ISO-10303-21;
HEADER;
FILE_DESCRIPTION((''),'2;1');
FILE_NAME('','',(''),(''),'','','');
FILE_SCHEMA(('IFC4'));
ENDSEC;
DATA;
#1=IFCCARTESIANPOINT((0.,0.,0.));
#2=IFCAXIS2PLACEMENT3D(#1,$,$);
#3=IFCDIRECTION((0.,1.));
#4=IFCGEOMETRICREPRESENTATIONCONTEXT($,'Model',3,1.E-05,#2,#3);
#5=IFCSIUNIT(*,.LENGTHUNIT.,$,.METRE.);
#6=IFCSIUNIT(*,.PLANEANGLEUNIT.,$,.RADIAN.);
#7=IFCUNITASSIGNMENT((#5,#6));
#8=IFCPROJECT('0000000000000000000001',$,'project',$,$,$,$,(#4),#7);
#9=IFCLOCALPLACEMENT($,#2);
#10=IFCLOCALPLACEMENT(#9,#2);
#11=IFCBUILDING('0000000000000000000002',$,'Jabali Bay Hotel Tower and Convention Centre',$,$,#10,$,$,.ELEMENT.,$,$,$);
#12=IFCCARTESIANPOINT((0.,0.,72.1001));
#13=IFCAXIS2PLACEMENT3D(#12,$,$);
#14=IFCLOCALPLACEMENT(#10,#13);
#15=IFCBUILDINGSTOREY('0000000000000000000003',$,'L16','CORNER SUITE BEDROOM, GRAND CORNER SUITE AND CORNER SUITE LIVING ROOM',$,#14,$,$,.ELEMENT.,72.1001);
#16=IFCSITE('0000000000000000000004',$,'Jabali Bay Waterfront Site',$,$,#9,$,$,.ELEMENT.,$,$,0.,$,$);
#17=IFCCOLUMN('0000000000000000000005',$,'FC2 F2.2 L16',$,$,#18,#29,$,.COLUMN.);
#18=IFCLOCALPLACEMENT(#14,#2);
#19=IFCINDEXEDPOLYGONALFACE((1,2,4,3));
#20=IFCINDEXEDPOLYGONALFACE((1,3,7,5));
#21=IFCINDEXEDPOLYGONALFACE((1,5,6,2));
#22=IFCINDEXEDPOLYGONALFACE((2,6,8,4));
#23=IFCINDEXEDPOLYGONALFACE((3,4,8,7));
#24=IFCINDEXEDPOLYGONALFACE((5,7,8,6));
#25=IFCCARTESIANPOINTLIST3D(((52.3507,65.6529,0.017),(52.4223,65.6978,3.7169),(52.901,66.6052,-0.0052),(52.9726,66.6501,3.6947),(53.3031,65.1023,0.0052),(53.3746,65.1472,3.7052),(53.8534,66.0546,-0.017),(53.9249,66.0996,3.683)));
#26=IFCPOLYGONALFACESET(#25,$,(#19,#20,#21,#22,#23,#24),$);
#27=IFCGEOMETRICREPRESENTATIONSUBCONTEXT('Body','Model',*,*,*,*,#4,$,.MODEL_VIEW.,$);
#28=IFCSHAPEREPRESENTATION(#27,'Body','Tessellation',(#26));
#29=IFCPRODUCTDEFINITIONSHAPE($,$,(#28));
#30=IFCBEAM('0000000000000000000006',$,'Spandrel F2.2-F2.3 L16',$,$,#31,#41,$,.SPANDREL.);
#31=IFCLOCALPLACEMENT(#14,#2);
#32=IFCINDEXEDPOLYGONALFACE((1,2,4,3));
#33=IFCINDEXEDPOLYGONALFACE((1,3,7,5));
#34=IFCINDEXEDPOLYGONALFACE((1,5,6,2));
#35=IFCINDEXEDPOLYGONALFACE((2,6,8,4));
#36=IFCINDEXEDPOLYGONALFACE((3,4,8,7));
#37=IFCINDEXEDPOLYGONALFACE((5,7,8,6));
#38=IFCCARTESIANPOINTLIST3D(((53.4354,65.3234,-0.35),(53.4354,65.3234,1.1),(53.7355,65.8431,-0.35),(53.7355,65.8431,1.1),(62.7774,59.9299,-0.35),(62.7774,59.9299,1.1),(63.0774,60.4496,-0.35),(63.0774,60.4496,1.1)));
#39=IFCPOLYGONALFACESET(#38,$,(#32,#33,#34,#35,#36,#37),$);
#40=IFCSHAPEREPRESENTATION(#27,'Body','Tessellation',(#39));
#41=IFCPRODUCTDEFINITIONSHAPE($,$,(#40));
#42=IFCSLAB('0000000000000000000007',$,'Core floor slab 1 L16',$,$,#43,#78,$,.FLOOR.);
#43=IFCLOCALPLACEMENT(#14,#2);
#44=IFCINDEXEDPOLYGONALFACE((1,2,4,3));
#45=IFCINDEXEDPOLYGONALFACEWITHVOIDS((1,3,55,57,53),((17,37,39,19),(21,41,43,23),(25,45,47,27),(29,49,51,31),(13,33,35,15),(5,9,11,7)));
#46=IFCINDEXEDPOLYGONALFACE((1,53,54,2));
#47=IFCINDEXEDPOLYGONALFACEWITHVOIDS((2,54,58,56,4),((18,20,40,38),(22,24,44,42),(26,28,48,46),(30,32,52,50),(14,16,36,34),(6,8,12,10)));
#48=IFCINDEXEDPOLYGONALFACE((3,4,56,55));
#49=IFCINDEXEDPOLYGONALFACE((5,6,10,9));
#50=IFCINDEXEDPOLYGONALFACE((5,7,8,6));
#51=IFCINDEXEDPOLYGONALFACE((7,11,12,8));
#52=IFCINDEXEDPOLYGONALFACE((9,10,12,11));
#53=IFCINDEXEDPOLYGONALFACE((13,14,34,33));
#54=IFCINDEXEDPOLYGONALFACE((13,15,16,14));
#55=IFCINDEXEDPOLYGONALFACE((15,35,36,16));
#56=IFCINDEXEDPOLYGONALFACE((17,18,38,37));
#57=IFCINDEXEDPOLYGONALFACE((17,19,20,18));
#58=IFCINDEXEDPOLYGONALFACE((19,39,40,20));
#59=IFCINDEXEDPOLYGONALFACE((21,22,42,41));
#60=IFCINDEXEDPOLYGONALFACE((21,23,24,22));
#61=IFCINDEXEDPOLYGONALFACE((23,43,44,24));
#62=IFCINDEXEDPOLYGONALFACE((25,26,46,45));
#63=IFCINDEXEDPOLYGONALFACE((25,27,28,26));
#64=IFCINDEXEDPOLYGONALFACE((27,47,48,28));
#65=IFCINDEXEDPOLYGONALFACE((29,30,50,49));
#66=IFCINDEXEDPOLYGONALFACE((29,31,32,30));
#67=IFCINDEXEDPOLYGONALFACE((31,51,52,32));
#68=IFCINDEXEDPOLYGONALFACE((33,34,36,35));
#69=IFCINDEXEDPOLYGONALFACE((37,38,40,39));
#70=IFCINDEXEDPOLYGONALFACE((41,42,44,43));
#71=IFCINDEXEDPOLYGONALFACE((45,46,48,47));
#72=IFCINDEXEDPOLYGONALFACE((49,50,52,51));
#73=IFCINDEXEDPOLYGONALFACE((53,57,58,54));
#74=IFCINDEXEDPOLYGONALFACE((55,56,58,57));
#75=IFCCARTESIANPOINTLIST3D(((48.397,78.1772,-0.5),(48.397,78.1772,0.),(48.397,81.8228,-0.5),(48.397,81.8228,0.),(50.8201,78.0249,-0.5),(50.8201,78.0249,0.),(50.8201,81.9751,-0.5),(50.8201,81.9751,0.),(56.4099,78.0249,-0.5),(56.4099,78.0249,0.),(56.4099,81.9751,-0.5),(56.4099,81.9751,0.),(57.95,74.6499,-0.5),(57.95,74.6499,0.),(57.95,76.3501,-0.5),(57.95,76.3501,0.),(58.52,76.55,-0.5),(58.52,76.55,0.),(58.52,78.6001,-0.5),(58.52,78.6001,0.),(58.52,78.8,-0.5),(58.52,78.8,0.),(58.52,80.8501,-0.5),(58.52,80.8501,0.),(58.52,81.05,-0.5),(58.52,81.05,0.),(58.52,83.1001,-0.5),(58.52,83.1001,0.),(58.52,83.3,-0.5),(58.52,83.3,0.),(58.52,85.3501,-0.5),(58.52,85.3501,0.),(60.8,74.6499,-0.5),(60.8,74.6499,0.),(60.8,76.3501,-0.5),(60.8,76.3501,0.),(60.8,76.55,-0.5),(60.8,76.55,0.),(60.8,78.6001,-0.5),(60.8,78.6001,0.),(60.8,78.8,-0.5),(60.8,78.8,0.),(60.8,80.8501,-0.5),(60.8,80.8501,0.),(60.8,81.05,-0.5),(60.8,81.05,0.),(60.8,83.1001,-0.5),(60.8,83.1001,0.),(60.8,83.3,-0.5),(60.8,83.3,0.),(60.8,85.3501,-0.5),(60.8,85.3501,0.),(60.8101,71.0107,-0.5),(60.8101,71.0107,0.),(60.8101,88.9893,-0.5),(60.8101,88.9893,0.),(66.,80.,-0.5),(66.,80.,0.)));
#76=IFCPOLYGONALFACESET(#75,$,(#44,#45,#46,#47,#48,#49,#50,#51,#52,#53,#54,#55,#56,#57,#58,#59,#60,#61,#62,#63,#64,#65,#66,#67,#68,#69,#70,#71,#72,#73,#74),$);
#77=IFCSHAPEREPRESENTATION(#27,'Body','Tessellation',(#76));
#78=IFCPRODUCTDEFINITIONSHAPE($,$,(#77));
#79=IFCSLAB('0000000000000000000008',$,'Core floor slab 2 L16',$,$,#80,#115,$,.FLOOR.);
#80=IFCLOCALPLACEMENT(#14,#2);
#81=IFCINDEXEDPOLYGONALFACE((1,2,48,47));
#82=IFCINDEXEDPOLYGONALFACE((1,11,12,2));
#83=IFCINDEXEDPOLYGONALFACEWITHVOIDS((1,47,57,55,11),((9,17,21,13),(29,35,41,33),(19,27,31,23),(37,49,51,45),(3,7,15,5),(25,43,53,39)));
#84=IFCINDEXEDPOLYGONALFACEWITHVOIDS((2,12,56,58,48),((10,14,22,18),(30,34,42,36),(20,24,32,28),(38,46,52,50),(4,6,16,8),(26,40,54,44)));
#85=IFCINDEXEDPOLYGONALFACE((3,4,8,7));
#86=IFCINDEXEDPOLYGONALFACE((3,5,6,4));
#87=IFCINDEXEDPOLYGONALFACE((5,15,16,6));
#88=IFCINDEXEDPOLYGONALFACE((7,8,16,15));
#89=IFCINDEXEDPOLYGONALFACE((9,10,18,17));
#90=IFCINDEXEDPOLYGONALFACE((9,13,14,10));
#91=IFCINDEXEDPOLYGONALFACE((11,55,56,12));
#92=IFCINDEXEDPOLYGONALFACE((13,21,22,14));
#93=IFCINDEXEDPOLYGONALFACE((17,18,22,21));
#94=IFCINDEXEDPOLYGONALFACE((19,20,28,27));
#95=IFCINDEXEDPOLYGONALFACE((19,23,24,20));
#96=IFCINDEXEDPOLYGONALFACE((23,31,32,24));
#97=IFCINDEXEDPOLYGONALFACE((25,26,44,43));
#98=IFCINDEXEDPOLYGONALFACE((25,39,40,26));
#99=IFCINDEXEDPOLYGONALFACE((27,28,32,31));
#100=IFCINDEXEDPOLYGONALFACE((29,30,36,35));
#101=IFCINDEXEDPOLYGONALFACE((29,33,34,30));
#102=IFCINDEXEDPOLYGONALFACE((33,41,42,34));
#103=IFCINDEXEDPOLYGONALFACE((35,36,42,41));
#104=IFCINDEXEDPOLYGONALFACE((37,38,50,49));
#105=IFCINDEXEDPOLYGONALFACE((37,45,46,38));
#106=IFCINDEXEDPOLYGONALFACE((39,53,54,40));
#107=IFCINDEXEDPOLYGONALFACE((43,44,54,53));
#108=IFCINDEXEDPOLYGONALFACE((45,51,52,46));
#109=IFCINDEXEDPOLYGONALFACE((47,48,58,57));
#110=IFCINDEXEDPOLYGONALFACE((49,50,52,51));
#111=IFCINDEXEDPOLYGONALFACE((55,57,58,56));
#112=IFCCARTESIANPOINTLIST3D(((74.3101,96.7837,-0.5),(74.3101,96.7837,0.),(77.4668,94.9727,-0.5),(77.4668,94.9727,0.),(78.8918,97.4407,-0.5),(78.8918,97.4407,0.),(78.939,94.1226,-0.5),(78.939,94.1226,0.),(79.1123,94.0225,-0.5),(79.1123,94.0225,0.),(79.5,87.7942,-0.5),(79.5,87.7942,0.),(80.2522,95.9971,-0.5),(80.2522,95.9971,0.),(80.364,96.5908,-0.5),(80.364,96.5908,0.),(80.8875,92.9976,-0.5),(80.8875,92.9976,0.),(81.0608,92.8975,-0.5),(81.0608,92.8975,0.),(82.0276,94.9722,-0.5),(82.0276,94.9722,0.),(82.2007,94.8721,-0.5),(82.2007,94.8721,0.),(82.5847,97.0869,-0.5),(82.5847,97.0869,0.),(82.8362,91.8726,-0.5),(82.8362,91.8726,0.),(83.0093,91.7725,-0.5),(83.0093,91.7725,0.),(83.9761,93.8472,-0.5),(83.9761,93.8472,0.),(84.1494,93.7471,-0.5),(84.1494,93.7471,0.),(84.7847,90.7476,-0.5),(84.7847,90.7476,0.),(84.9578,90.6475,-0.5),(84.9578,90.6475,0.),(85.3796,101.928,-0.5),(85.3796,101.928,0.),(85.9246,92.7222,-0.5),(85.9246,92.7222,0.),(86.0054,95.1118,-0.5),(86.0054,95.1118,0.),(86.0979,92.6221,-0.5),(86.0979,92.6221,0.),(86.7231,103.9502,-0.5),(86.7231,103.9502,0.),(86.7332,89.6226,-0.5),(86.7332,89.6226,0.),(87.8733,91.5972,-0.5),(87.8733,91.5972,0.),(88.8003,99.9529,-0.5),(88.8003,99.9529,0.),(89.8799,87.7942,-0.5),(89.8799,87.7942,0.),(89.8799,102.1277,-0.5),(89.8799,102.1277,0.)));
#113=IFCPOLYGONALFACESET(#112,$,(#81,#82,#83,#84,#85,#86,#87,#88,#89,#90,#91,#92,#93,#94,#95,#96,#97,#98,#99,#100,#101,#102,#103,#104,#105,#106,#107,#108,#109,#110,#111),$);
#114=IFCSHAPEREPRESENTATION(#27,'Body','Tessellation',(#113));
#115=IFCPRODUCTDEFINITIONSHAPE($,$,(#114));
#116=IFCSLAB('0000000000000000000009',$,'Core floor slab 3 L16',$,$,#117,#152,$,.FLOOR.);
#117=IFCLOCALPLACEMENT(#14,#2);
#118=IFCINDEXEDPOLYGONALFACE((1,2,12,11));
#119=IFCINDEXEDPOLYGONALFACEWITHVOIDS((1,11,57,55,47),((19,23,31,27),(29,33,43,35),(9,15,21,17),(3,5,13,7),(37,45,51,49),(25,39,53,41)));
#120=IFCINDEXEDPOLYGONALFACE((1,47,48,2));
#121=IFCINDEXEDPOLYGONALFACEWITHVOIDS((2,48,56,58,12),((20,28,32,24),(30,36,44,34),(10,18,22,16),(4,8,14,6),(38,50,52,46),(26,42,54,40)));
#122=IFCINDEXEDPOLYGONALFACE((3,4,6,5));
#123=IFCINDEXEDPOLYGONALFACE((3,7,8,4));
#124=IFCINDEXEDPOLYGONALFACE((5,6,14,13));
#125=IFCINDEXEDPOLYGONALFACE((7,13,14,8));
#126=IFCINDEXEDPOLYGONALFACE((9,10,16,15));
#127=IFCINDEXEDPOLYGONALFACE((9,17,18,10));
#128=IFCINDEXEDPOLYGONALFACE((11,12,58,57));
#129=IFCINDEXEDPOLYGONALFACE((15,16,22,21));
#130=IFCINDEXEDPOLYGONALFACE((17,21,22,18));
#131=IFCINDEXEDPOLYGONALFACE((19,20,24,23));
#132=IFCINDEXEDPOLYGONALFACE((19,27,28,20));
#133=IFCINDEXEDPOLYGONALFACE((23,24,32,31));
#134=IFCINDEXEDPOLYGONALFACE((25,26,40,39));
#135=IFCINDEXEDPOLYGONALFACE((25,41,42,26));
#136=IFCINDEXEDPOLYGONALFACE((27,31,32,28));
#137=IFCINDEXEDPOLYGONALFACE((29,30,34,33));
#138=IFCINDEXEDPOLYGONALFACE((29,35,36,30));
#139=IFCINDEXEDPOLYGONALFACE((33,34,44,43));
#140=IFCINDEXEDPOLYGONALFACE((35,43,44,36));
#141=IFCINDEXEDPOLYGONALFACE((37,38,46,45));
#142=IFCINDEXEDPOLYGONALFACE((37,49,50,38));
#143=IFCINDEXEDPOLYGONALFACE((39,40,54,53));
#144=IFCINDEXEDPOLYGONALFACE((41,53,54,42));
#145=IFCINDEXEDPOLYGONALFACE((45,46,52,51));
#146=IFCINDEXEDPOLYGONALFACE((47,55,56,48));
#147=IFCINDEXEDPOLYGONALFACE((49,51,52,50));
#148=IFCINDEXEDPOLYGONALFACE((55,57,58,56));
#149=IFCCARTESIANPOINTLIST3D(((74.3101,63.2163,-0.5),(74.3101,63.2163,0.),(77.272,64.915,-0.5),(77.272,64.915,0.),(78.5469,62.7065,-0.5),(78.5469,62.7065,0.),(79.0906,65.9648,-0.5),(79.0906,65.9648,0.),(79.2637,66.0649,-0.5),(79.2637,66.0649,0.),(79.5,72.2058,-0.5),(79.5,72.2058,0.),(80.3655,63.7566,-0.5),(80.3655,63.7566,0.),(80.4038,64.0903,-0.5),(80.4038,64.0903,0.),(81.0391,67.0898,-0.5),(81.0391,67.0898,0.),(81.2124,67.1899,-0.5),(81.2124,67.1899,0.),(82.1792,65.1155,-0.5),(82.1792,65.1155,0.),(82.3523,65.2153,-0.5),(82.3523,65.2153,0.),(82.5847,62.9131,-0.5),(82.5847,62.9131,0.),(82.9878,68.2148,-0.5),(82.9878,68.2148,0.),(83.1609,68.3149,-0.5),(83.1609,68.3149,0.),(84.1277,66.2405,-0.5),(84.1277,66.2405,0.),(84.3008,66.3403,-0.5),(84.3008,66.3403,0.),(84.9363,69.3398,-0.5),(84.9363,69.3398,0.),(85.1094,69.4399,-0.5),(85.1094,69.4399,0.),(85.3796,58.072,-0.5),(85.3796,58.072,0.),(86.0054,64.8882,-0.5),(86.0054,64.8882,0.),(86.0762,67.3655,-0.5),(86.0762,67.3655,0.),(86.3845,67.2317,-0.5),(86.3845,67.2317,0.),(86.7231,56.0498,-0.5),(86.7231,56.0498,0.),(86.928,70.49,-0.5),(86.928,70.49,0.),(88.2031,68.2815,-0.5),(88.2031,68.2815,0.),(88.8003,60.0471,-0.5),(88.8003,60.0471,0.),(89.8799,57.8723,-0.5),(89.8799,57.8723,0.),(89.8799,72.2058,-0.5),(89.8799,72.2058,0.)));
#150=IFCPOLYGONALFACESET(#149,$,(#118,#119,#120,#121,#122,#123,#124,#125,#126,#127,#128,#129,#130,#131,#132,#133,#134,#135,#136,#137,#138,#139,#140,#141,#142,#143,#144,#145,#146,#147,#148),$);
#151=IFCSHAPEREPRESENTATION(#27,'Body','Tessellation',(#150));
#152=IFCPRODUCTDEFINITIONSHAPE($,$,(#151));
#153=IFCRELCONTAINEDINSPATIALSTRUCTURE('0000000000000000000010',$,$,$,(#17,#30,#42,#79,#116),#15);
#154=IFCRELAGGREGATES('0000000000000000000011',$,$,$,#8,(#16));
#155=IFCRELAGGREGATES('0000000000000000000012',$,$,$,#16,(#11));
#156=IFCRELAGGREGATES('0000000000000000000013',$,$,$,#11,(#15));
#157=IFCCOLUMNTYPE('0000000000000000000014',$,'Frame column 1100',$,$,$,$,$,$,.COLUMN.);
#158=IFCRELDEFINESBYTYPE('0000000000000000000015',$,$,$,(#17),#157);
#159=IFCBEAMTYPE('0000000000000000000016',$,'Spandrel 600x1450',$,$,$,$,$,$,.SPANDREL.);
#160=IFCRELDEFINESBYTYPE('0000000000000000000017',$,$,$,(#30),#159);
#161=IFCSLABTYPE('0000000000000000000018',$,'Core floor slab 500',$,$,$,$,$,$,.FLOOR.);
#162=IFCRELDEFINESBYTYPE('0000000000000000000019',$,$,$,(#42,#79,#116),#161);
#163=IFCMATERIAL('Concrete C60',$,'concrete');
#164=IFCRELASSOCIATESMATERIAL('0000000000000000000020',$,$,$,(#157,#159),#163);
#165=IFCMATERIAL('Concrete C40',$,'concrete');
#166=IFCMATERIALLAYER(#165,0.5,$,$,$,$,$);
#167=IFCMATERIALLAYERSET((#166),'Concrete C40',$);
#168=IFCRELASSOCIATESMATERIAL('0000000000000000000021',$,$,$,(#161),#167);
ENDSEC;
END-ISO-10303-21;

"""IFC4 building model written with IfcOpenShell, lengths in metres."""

from ifc_helpers import new_model, si_unit, direction, frame, origin, origin_2d, place, context, subcontext, project, spatial, polyline, rectangle, outline, extrude, material, layer, layer_set, material_profile, profile_set, type_object, element, save


model = new_model("IFC4")

# Units and contexts
model_context = context("Model", 3, precision=1e-05, world=origin(), true_north=direction((0.0, 1.0)))
body_context = subcontext(model_context, "Body", "Model", "MODEL_VIEW")
ifc_project = project(units=[si_unit("LENGTHUNIT", "METRE"), si_unit("PLANEANGLEUNIT", "RADIAN")], contexts=[model_context])

# Site, building, storey
site_placement = place(None, origin())
site = spatial("IfcSite", under=ifc_project, at=site_placement, Name="Jabali Bay Waterfront Site", CompositionType="ELEMENT", RefElevation=0.0)
building_placement = place(site_placement, origin())
building = spatial("IfcBuilding", under=site, at=building_placement, Name="Jabali Bay Hotel Tower and Convention Centre", CompositionType="ELEMENT")
storey_placement = place(building_placement, frame((0.0, 0.0, 72.1001)))
storey = spatial("IfcBuildingStorey", under=building, at=storey_placement, Name="L16", Description="CORNER SUITE BEDROOM, GRAND CORNER SUITE AND CORNER SUITE LIVING ROOM", CompositionType="ELEMENT", Elevation=72.1001)

# Column
ifc_material_1 = material(Name="Concrete C60", Category="concrete")
ifc_material_profile_1 = material_profile(ifc_material_1, rectangle(XDim=1.1001, YDim=1.1001, at=origin_2d()), Name="Frame column 1100")
ifc_profile_set_1 = profile_set([ifc_material_profile_1], Name="Concrete C60")
column_type = type_object("IfcColumnType", Name="Frame column 1100", PredefinedType="COLUMN", material=ifc_profile_set_1)
column_placement = place(storey_placement, frame((53.1021, 65.8538, 0.0), z_axis=(0.019329, 0.012138, 0.99974), x_axis=(-0.865689, 0.500469, 0.010661)))
element("IfcColumn", 1, at=column_placement, inside=storey, type_object=column_type, Name="FC2 F2.2 L16", PredefinedType="COLUMN", context=body_context, shape_type="SweptSolid", body=[
    extrude(rectangle(XDim=1.1001, YDim=1.1001, at=origin_2d()), origin(), (0.0, 0.0, 1.0), 3.7009),
])

# Beam
ifc_material_profile_2 = material_profile(ifc_material_1, rectangle(XDim=0.6001, YDim=1.45, at=origin_2d()), Name="Spandrel 600x1450")
ifc_profile_set_2 = profile_set([ifc_material_profile_2], Name="Concrete C60")
beam_type = type_object("IfcBeamType", Name="Spandrel 600x1450", PredefinedType="SPANDREL", material=ifc_profile_set_2)
beam_placement = place(storey_placement, frame((53.5854, 65.5833, 0.375), z_axis=(0.866028, -0.499995, 0.0), x_axis=(0.499995, 0.866028, 0.0)))
element("IfcBeam", 2, at=beam_placement, inside=storey, type_object=beam_type, Name="Spandrel F2.2-F2.3 L16", PredefinedType="SPANDREL", context=body_context, shape_type="SweptSolid", body=[
    extrude(rectangle(XDim=0.6001, YDim=1.45, at=origin_2d()), origin(), (0.0, 0.0, 1.0), 10.7871),
])

# Slabs
ifc_material_2 = material(Name="Concrete C40", Category="concrete")
ifc_layer_1 = layer(ifc_material_2, 0.5)
ifc_layer_set_1 = layer_set([ifc_layer_1], Name="Concrete C40")
slab_type_1 = type_object("IfcSlabType", Name="Core floor slab 500", PredefinedType="FLOOR", material=ifc_layer_set_1)
slab_1_placement = place(storey_placement, frame((0.0, 0.0, -0.5)))
element("IfcSlab", 3, at=slab_1_placement, inside=storey, type_object=slab_type_1, Name="Core floor slab 1 L16", PredefinedType="FLOOR", context=body_context, shape_type="SweptSolid", body=[
    extrude(outline(polyline([(66.0, 80.0), (60.8101, 88.9893), (48.397, 81.8228), (48.397, 78.1772), (60.8101, 71.0107), (66.0, 80.0)]), holes=[polyline([(60.8, 74.6499), (60.8, 76.3501), (57.95, 76.3501), (57.95, 74.6499), (60.8, 74.6499)]), polyline([(58.52, 76.55), (60.8, 76.55), (60.8, 78.6001), (58.52, 78.6001), (58.52, 76.55)]), polyline([(58.52, 78.8), (60.8, 78.8), (60.8, 80.8501), (58.52, 80.8501), (58.52, 78.8)]), polyline([(56.4099, 81.9751), (50.8201, 81.9751), (50.8201, 78.0249), (56.4099, 78.0249), (56.4099, 81.9751)]), polyline([(58.52, 81.05), (60.8, 81.05), (60.8, 83.1001), (58.52, 83.1001), (58.52, 81.05)]), polyline([(58.52, 83.3), (60.8, 83.3), (60.8, 85.3501), (58.52, 85.3501), (58.52, 83.3)])]), origin(), (0.0, 0.0, 1.0), 0.5),
])
slab_2_placement = place(storey_placement, frame((0.0, 0.0, -0.5)))
element("IfcSlab", 4, at=slab_2_placement, inside=storey, type_object=slab_type_1, Name="Core floor slab 2 L16", PredefinedType="FLOOR", context=body_context, shape_type="SweptSolid", body=[
    extrude(outline(polyline([(79.5, 87.7942), (89.8799, 87.7942), (89.8799, 102.1277), (86.7231, 103.9502), (74.3101, 96.7837), (79.5, 87.7942)]), holes=[polyline([(84.9578, 90.6475), (86.7332, 89.6226), (87.8733, 91.5972), (86.0979, 92.6221), (84.9578, 90.6475)]), polyline([(84.1494, 93.7471), (83.0093, 91.7725), (84.7847, 90.7476), (85.9246, 92.7222), (84.1494, 93.7471)]), polyline([(82.2007, 94.8721), (81.0608, 92.8975), (82.8362, 91.8726), (83.9761, 93.8472), (82.2007, 94.8721)]), polyline([(79.1123, 94.0225), (80.8875, 92.9976), (82.0276, 94.9722), (80.2522, 95.9971), (79.1123, 94.0225)]), polyline([(78.8918, 97.4407), (77.4668, 94.9727), (78.939, 94.1226), (80.364, 96.5908), (78.8918, 97.4407)]), polyline([(82.5847, 97.0869), (86.0054, 95.1118), (88.8003, 99.9529), (85.3796, 101.928), (82.5847, 97.0869)])]), origin(), (0.0, 0.0, 1.0), 0.5),
])
slab_3_placement = place(storey_placement, frame((0.0, 0.0, -0.5)))
element("IfcSlab", 5, at=slab_3_placement, inside=storey, type_object=slab_type_1, Name="Core floor slab 3 L16", PredefinedType="FLOOR", context=body_context, shape_type="SweptSolid", body=[
    extrude(outline(polyline([(79.5, 72.2058), (74.3101, 63.2163), (86.7231, 56.0498), (89.8799, 57.8723), (89.8799, 72.2058), (79.5, 72.2058)]), holes=[polyline([(82.5847, 62.9131), (85.3796, 58.072), (88.8003, 60.0471), (86.0054, 64.8882), (82.5847, 62.9131)]), polyline([(80.3655, 63.7566), (79.0906, 65.9648), (77.272, 64.915), (78.5469, 62.7065), (80.3655, 63.7566)]), polyline([(82.1792, 65.1155), (81.0391, 67.0898), (79.2637, 66.0649), (80.4038, 64.0903), (82.1792, 65.1155)]), polyline([(82.9878, 68.2148), (81.2124, 67.1899), (82.3523, 65.2153), (84.1277, 66.2405), (82.9878, 68.2148)]), polyline([(86.0762, 67.3655), (84.9363, 69.3398), (83.1609, 68.3149), (84.3008, 66.3403), (86.0762, 67.3655)]), polyline([(88.2031, 68.2815), (86.928, 70.49), (85.1094, 69.4399), (86.3845, 67.2317), (88.2031, 68.2815)])]), origin(), (0.0, 0.0, 1.0), 0.5),
])

save(model, "model.ifc")
